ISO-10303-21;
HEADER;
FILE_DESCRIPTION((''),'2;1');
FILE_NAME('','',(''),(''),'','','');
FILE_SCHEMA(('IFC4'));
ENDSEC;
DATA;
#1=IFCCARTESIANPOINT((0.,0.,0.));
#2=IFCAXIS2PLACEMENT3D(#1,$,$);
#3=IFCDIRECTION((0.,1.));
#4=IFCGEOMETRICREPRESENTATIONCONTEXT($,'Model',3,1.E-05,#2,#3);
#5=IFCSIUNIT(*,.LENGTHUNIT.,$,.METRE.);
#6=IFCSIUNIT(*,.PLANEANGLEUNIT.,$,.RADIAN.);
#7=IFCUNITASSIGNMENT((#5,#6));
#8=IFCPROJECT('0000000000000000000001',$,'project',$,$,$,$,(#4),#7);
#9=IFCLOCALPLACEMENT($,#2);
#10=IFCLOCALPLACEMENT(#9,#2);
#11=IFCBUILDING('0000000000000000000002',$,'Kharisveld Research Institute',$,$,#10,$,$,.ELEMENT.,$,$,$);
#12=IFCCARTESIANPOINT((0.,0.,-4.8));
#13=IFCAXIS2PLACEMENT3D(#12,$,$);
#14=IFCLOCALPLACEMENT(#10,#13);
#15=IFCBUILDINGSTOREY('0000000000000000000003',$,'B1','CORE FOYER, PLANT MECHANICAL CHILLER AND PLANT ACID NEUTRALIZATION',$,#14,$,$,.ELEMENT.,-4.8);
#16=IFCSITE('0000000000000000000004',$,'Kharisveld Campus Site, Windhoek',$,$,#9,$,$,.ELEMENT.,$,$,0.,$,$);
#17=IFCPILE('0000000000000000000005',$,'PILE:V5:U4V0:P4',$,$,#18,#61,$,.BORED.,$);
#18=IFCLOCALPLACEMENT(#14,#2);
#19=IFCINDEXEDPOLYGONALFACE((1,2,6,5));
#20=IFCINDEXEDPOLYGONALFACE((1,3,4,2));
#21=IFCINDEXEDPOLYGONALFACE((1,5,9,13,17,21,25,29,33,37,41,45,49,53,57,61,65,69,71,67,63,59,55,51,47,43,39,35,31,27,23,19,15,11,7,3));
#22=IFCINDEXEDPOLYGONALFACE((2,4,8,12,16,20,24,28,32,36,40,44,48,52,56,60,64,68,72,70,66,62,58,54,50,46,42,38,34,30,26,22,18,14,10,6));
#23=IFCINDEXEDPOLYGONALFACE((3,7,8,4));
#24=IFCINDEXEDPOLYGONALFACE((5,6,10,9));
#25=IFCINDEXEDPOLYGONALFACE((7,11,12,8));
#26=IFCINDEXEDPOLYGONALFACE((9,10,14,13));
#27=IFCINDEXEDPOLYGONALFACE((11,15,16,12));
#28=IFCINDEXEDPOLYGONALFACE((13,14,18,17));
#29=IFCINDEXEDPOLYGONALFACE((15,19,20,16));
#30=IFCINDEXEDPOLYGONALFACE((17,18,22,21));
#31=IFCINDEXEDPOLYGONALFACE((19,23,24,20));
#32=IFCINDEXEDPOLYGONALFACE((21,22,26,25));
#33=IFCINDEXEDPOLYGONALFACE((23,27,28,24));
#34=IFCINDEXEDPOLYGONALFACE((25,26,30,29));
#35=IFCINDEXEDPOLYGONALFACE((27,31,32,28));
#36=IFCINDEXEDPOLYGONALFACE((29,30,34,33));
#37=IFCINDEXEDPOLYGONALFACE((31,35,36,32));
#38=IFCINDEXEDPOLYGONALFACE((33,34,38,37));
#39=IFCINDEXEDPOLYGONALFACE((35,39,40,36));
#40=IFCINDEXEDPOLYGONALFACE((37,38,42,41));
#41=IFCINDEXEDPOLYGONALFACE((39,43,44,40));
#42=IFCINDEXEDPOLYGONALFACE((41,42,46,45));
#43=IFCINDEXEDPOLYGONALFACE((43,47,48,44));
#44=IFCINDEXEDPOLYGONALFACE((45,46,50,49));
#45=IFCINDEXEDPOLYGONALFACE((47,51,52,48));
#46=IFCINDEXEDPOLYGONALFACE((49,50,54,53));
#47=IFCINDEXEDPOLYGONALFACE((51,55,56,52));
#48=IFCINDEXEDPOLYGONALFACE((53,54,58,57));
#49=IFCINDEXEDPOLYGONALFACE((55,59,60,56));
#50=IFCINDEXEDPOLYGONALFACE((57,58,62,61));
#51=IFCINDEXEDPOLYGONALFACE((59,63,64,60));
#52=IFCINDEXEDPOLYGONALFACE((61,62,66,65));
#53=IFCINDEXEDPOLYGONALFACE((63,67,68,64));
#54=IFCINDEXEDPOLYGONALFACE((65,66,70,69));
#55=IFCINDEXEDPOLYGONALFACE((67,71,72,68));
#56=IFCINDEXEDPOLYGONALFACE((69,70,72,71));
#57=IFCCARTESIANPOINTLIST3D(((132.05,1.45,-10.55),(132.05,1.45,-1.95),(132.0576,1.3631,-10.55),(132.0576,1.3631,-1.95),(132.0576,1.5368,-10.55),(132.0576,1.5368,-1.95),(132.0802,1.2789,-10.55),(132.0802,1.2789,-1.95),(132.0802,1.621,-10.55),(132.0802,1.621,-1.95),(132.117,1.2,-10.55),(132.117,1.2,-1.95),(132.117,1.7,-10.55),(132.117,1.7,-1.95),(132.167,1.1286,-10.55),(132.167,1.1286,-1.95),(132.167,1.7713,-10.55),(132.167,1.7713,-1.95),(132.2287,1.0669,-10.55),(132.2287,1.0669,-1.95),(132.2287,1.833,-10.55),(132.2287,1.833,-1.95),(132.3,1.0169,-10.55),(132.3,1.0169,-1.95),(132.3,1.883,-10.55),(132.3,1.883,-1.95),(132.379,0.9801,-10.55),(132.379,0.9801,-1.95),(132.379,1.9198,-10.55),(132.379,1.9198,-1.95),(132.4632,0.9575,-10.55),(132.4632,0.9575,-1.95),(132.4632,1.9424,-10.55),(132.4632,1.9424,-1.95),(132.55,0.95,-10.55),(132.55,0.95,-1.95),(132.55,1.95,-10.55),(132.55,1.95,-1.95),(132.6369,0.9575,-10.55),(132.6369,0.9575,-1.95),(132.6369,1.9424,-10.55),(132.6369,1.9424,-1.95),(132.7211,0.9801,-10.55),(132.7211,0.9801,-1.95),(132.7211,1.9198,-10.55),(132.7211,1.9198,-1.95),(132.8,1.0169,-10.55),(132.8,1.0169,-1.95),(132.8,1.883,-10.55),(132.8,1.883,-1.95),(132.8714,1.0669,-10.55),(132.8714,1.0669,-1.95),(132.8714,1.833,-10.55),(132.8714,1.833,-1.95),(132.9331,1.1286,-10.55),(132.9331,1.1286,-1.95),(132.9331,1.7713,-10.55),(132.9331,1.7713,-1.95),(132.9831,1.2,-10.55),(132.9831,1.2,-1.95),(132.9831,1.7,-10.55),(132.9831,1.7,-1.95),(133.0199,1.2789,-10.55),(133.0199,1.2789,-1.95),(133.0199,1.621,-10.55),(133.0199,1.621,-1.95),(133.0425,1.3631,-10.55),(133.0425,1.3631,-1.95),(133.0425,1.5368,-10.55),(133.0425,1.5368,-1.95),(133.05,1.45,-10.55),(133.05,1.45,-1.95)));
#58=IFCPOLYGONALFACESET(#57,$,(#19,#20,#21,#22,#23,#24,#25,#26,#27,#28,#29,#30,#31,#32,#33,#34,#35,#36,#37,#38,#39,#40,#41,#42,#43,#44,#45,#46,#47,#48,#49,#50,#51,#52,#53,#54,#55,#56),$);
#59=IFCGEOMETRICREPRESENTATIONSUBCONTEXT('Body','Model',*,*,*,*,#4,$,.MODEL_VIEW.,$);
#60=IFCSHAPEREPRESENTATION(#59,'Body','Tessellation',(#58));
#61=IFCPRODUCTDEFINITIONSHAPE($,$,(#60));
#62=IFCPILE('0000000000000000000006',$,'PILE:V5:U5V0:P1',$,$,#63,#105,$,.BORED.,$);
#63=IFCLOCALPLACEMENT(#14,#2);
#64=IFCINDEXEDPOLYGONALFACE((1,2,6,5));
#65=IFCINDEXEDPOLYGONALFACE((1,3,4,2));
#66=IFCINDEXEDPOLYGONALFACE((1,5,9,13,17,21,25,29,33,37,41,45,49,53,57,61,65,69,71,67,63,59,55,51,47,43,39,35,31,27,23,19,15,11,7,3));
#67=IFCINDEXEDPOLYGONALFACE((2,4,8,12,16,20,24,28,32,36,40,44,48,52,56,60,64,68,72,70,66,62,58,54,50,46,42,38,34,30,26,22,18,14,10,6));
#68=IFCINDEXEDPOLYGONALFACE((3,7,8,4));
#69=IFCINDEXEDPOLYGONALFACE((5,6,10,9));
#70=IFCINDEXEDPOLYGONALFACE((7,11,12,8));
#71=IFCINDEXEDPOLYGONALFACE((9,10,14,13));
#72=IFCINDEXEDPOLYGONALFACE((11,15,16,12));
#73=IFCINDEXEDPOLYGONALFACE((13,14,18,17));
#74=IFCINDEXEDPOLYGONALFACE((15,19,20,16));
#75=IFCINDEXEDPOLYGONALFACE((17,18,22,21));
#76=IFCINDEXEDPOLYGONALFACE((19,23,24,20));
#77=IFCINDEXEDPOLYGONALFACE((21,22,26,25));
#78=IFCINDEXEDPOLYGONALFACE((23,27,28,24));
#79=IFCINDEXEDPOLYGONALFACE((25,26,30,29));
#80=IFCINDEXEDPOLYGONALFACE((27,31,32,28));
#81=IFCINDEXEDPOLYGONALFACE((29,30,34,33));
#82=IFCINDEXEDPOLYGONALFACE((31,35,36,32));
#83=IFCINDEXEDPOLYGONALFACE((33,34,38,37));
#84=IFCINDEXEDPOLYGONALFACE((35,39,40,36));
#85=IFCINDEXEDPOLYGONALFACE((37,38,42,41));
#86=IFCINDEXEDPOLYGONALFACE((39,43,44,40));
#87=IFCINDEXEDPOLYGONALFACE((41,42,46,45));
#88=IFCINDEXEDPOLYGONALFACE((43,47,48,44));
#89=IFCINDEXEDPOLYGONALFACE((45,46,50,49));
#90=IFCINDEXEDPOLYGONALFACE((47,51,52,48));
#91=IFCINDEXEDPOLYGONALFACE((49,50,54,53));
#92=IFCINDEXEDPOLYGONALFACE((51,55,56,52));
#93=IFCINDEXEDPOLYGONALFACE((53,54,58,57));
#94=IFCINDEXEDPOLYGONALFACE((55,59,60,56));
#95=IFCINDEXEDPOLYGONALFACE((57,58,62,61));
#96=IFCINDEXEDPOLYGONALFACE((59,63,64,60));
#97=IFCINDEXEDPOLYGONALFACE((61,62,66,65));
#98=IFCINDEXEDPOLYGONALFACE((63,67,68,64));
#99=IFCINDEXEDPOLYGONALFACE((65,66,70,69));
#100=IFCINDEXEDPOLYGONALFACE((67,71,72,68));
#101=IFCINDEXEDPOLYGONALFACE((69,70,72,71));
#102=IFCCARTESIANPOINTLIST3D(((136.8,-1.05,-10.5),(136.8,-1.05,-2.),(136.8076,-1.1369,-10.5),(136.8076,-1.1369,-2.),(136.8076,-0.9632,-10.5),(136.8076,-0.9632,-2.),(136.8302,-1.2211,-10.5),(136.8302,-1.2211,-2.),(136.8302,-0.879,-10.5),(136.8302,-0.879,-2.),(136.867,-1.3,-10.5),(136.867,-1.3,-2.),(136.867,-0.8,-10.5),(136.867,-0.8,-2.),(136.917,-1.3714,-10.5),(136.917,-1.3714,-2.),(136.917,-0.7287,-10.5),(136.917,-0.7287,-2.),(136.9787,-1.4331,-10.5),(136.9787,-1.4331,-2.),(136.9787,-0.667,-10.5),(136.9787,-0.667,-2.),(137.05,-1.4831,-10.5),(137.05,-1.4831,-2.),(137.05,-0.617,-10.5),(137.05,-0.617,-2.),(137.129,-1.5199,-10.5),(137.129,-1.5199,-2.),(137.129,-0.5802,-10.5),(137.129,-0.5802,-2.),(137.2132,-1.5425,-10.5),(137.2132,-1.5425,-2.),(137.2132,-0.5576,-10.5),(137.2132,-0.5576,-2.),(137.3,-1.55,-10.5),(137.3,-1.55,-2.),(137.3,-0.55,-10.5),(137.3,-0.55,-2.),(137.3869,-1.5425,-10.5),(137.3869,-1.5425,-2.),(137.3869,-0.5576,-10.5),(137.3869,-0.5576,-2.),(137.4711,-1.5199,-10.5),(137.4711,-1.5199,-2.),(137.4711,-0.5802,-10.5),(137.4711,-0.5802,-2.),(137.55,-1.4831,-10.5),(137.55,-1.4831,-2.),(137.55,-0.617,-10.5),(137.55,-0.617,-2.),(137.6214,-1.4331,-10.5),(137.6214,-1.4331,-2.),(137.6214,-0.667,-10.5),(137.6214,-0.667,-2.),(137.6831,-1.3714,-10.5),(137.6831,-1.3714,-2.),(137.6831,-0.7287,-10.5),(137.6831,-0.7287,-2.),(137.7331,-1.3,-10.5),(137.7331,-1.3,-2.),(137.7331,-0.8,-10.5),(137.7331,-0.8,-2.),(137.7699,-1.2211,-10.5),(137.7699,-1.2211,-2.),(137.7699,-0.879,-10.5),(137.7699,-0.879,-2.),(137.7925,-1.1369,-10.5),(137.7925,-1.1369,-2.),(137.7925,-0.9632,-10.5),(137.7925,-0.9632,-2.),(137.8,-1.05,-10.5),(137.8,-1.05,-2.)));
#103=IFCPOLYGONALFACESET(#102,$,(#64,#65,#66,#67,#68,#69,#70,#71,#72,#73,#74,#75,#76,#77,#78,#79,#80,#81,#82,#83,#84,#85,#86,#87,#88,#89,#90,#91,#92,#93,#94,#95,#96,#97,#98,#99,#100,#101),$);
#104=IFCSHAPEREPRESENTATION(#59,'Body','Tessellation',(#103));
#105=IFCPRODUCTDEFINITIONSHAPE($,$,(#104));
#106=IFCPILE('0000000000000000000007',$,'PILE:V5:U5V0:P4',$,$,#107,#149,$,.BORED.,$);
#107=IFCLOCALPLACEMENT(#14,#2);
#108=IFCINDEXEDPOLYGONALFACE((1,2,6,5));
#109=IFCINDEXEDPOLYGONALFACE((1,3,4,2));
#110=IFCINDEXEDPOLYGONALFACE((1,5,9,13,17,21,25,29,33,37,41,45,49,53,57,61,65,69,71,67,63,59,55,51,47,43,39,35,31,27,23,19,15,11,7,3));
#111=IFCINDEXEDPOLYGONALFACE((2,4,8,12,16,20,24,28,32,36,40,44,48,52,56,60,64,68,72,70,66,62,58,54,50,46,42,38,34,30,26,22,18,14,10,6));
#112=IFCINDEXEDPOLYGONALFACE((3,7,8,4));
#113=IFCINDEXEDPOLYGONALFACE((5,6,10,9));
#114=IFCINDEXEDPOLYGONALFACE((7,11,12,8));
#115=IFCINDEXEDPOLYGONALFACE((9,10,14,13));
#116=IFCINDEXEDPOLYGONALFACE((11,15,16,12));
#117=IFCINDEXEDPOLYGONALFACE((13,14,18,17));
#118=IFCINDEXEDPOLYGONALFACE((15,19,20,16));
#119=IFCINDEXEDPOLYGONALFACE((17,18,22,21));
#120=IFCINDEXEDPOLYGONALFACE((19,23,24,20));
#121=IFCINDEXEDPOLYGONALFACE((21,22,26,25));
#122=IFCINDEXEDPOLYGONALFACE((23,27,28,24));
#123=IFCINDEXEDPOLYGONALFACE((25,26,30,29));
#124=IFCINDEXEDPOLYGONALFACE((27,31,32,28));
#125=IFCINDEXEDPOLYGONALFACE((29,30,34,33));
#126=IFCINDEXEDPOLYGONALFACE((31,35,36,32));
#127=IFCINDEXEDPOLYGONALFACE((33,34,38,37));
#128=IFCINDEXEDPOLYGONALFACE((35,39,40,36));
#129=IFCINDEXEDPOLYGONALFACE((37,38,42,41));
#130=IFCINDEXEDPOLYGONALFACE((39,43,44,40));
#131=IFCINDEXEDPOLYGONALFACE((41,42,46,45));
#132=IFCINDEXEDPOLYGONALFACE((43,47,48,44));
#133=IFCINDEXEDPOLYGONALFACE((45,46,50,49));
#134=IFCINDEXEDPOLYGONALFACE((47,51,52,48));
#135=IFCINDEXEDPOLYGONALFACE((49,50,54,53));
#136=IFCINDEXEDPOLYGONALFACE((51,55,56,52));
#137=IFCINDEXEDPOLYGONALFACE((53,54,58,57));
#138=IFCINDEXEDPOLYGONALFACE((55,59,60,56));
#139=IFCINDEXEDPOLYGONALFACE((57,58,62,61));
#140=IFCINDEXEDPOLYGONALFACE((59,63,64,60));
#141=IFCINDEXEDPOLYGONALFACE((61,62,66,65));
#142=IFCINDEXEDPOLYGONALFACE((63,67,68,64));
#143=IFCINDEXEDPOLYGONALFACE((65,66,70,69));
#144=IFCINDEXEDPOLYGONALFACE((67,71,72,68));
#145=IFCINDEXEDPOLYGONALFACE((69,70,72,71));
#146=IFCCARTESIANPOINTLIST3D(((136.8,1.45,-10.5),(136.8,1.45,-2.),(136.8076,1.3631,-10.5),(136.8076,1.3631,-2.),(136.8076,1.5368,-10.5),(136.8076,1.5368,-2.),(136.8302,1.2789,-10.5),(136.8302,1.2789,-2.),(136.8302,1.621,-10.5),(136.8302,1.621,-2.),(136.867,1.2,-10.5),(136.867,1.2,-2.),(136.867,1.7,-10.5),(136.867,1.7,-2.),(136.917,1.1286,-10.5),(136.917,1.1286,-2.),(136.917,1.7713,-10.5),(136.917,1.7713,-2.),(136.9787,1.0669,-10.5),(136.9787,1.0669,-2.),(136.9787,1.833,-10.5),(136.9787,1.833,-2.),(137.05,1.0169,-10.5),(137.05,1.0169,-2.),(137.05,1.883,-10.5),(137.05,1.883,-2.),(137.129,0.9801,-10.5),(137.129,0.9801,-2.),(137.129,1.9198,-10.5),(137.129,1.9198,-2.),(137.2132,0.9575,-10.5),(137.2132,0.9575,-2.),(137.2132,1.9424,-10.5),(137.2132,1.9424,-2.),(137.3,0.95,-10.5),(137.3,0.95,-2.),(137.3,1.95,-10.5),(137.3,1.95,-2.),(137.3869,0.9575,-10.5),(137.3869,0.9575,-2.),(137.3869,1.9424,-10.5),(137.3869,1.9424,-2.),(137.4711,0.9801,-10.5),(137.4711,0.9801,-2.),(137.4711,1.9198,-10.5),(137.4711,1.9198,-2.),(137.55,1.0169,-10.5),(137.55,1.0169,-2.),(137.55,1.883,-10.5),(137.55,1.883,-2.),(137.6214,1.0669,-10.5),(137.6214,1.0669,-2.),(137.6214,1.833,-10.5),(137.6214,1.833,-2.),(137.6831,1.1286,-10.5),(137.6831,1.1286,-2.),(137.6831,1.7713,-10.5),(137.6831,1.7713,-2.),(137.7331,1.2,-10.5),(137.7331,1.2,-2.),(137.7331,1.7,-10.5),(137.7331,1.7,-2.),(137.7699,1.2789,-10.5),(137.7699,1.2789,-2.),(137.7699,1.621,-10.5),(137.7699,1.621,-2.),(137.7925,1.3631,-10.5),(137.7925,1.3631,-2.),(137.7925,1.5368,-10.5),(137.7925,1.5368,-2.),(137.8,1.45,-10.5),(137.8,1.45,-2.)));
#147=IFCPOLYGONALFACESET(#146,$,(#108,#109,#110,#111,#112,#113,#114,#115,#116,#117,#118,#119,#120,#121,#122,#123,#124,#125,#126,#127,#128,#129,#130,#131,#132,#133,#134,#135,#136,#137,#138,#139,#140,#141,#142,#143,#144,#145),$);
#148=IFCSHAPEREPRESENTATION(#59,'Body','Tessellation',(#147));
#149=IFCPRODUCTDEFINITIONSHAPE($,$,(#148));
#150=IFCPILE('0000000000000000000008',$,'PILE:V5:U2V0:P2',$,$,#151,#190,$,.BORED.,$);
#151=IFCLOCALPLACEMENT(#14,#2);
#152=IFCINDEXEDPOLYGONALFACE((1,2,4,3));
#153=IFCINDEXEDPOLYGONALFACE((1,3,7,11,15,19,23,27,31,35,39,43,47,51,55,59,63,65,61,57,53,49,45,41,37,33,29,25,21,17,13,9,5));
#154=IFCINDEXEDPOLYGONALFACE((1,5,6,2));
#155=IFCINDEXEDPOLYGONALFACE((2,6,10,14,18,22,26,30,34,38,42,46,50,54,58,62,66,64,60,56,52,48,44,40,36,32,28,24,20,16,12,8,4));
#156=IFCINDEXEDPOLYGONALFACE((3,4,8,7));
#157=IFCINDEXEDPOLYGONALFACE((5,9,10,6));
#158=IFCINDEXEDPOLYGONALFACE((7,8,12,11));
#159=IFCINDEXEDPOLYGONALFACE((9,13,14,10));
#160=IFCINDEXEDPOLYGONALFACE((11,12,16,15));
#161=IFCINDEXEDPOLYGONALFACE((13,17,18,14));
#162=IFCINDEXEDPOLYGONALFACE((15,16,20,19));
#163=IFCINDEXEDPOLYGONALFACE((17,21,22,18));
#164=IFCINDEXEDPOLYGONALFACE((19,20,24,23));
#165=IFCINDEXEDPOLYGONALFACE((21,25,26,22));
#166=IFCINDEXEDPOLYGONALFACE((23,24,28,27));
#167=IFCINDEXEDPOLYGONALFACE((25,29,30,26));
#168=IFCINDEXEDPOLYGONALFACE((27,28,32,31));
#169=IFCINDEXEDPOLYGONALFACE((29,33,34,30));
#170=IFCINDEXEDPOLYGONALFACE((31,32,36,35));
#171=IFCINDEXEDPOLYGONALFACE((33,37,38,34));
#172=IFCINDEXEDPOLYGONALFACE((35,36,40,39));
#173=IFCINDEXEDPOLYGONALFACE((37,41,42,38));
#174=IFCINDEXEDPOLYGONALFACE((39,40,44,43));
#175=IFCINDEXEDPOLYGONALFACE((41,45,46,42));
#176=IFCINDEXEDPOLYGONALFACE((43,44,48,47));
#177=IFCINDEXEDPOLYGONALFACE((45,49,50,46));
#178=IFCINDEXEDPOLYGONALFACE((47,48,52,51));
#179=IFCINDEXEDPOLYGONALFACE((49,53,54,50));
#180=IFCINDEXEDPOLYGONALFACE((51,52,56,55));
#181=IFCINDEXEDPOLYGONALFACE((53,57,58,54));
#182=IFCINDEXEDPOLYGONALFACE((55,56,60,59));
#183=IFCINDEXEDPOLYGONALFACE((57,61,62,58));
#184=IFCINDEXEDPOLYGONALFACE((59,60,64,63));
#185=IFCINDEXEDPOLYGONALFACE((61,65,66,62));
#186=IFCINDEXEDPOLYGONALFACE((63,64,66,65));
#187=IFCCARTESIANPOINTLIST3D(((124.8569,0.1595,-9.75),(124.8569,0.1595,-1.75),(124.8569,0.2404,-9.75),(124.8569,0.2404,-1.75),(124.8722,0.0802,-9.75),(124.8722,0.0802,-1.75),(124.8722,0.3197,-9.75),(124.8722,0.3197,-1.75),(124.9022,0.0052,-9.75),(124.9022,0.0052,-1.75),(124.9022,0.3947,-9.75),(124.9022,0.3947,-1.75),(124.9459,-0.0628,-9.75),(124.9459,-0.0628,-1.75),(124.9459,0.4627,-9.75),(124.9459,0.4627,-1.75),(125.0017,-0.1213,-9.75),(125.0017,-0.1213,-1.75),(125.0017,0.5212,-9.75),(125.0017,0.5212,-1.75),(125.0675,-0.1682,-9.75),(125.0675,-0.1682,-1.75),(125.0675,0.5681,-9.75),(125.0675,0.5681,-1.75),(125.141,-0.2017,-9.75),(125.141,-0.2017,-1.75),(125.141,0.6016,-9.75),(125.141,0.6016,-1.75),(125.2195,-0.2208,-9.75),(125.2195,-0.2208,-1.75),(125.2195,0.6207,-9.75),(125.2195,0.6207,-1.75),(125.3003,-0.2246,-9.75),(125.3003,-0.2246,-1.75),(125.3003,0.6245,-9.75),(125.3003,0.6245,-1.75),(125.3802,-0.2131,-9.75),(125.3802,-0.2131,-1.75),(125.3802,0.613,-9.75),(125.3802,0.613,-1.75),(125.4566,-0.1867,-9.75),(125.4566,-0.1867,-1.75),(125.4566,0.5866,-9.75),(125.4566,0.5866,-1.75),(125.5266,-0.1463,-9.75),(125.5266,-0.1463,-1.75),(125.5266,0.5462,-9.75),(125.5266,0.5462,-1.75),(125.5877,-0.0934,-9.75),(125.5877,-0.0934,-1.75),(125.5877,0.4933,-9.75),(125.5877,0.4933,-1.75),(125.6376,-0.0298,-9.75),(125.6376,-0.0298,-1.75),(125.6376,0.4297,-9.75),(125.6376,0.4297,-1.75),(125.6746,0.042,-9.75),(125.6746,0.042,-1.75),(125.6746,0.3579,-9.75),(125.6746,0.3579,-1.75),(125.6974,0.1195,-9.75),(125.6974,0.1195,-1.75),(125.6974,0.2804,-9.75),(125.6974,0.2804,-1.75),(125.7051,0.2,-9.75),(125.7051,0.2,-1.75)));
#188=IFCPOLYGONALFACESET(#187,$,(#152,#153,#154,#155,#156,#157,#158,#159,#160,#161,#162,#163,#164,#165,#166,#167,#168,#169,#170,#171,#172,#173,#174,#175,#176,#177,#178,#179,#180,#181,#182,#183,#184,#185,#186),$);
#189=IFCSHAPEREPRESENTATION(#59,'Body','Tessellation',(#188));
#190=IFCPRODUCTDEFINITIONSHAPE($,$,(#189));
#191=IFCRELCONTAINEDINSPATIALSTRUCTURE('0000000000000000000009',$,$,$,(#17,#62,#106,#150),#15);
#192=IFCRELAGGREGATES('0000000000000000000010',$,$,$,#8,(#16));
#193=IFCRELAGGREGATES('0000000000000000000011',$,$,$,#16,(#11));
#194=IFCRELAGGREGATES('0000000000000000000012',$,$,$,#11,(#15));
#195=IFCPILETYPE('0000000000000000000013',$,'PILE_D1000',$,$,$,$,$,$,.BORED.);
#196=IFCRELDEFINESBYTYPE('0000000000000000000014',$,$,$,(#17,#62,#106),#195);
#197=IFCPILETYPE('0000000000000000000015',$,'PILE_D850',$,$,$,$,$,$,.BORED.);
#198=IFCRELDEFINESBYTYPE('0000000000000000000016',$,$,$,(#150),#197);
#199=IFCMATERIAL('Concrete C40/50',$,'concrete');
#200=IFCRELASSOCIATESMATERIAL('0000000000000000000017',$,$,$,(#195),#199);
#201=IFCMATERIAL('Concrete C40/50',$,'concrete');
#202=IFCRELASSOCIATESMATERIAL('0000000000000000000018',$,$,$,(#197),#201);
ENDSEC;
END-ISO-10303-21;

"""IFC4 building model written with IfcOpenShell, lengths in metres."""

from ifc_helpers import new_model, si_unit, direction, frame, origin, origin_2d, place, context, subcontext, project, spatial, circle, extrude, material, material_profile, profile_set, type_object, element, save


model = new_model("IFC4")

# Units and contexts
model_context = context("Model", 3, precision=1e-05, world=origin(), true_north=direction((0.0, 1.0)))
body_context = subcontext(model_context, "Body", "Model", "MODEL_VIEW")
ifc_project = project(units=[si_unit("LENGTHUNIT", "METRE"), si_unit("PLANEANGLEUNIT", "RADIAN")], contexts=[model_context])

# Site, building, storey
site_placement = place(None, origin())
site = spatial("IfcSite", under=ifc_project, at=site_placement, Name="Kharisveld Campus Site, Windhoek", CompositionType="ELEMENT", RefElevation=0.0)
building_placement = place(site_placement, origin())
building = spatial("IfcBuilding", under=site, at=building_placement, Name="Kharisveld Research Institute", CompositionType="ELEMENT")
storey_placement = place(building_placement, frame((0.0, 0.0, -4.8)))
storey = spatial("IfcBuildingStorey", under=building, at=storey_placement, Name="B1", Description="CORE FOYER, PLANT MECHANICAL CHILLER AND PLANT ACID NEUTRALIZATION", CompositionType="ELEMENT", Elevation=-4.8)

# Piles
ifc_material_1 = material(Name="Concrete C40/50", Category="concrete")
ifc_material_profile_1 = material_profile(ifc_material_1, circle(Radius=0.5, at=origin_2d()))
ifc_profile_set_1 = profile_set([ifc_material_profile_1], Name="Concrete C40/50")
pile_type_1 = type_object("IfcPileType", Name="PILE_D1000", PredefinedType="BORED", material=ifc_profile_set_1)
for number, where, z_axis, x_axis, name in (
    (1, (132.55, 1.45, -1.95), (0.0, 0.0, -1.0), (1.0, 0.0, 0.0), "PILE:V5:U4V0:P4"),
):
    element("IfcPile", number, at=place(storey_placement, frame(where, z_axis=z_axis, x_axis=x_axis)), inside=storey, type_object=pile_type_1, Name=name, PredefinedType="BORED", context=body_context, shape_type="SweptSolid", body=[
        extrude(circle(Radius=0.5, at=origin_2d()), origin(), (0.0, 0.0, 1.0), 8.6001),
    ])
for number, where, z_axis, x_axis, name in (
    (2, (137.3, -1.05, -2.0), (0.0, 0.0, -1.0), (1.0, 0.0, 0.0), "PILE:V5:U5V0:P1"),
    (3, (137.3, 1.45, -2.0), (0.0, 0.0, -1.0), (1.0, 0.0, 0.0), "PILE:V5:U5V0:P4"),
):
    element("IfcPile", number, at=place(storey_placement, frame(where, z_axis=z_axis, x_axis=x_axis)), inside=storey, type_object=pile_type_1, Name=name, PredefinedType="BORED", context=body_context, shape_type="SweptSolid", body=[
        extrude(circle(Radius=0.5, at=origin_2d()), origin(), (0.0, 0.0, 1.0), 8.5),
    ])
ifc_material_2 = material(Name="Concrete C40/50", Category="concrete")
ifc_material_profile_2 = material_profile(ifc_material_2, circle(Radius=0.425, at=origin_2d()))
ifc_profile_set_2 = profile_set([ifc_material_profile_2], Name="Concrete C40/50")
pile_type_2 = type_object("IfcPileType", Name="PILE_D850", PredefinedType="BORED", material=ifc_profile_set_2)
pile_placement = place(storey_placement, frame((125.28, 0.2, -1.75), z_axis=(0.0, 0.0, -1.0), x_axis=(1.0, 0.0, 0.0)))
element("IfcPile", 4, at=pile_placement, inside=storey, type_object=pile_type_2, Name="PILE:V5:U2V0:P2", PredefinedType="BORED", context=body_context, shape_type="SweptSolid", body=[
    extrude(circle(Radius=0.425, at=origin_2d()), origin(), (0.0, 0.0, 1.0), 8.0),
])

save(model, "model.ifc")
